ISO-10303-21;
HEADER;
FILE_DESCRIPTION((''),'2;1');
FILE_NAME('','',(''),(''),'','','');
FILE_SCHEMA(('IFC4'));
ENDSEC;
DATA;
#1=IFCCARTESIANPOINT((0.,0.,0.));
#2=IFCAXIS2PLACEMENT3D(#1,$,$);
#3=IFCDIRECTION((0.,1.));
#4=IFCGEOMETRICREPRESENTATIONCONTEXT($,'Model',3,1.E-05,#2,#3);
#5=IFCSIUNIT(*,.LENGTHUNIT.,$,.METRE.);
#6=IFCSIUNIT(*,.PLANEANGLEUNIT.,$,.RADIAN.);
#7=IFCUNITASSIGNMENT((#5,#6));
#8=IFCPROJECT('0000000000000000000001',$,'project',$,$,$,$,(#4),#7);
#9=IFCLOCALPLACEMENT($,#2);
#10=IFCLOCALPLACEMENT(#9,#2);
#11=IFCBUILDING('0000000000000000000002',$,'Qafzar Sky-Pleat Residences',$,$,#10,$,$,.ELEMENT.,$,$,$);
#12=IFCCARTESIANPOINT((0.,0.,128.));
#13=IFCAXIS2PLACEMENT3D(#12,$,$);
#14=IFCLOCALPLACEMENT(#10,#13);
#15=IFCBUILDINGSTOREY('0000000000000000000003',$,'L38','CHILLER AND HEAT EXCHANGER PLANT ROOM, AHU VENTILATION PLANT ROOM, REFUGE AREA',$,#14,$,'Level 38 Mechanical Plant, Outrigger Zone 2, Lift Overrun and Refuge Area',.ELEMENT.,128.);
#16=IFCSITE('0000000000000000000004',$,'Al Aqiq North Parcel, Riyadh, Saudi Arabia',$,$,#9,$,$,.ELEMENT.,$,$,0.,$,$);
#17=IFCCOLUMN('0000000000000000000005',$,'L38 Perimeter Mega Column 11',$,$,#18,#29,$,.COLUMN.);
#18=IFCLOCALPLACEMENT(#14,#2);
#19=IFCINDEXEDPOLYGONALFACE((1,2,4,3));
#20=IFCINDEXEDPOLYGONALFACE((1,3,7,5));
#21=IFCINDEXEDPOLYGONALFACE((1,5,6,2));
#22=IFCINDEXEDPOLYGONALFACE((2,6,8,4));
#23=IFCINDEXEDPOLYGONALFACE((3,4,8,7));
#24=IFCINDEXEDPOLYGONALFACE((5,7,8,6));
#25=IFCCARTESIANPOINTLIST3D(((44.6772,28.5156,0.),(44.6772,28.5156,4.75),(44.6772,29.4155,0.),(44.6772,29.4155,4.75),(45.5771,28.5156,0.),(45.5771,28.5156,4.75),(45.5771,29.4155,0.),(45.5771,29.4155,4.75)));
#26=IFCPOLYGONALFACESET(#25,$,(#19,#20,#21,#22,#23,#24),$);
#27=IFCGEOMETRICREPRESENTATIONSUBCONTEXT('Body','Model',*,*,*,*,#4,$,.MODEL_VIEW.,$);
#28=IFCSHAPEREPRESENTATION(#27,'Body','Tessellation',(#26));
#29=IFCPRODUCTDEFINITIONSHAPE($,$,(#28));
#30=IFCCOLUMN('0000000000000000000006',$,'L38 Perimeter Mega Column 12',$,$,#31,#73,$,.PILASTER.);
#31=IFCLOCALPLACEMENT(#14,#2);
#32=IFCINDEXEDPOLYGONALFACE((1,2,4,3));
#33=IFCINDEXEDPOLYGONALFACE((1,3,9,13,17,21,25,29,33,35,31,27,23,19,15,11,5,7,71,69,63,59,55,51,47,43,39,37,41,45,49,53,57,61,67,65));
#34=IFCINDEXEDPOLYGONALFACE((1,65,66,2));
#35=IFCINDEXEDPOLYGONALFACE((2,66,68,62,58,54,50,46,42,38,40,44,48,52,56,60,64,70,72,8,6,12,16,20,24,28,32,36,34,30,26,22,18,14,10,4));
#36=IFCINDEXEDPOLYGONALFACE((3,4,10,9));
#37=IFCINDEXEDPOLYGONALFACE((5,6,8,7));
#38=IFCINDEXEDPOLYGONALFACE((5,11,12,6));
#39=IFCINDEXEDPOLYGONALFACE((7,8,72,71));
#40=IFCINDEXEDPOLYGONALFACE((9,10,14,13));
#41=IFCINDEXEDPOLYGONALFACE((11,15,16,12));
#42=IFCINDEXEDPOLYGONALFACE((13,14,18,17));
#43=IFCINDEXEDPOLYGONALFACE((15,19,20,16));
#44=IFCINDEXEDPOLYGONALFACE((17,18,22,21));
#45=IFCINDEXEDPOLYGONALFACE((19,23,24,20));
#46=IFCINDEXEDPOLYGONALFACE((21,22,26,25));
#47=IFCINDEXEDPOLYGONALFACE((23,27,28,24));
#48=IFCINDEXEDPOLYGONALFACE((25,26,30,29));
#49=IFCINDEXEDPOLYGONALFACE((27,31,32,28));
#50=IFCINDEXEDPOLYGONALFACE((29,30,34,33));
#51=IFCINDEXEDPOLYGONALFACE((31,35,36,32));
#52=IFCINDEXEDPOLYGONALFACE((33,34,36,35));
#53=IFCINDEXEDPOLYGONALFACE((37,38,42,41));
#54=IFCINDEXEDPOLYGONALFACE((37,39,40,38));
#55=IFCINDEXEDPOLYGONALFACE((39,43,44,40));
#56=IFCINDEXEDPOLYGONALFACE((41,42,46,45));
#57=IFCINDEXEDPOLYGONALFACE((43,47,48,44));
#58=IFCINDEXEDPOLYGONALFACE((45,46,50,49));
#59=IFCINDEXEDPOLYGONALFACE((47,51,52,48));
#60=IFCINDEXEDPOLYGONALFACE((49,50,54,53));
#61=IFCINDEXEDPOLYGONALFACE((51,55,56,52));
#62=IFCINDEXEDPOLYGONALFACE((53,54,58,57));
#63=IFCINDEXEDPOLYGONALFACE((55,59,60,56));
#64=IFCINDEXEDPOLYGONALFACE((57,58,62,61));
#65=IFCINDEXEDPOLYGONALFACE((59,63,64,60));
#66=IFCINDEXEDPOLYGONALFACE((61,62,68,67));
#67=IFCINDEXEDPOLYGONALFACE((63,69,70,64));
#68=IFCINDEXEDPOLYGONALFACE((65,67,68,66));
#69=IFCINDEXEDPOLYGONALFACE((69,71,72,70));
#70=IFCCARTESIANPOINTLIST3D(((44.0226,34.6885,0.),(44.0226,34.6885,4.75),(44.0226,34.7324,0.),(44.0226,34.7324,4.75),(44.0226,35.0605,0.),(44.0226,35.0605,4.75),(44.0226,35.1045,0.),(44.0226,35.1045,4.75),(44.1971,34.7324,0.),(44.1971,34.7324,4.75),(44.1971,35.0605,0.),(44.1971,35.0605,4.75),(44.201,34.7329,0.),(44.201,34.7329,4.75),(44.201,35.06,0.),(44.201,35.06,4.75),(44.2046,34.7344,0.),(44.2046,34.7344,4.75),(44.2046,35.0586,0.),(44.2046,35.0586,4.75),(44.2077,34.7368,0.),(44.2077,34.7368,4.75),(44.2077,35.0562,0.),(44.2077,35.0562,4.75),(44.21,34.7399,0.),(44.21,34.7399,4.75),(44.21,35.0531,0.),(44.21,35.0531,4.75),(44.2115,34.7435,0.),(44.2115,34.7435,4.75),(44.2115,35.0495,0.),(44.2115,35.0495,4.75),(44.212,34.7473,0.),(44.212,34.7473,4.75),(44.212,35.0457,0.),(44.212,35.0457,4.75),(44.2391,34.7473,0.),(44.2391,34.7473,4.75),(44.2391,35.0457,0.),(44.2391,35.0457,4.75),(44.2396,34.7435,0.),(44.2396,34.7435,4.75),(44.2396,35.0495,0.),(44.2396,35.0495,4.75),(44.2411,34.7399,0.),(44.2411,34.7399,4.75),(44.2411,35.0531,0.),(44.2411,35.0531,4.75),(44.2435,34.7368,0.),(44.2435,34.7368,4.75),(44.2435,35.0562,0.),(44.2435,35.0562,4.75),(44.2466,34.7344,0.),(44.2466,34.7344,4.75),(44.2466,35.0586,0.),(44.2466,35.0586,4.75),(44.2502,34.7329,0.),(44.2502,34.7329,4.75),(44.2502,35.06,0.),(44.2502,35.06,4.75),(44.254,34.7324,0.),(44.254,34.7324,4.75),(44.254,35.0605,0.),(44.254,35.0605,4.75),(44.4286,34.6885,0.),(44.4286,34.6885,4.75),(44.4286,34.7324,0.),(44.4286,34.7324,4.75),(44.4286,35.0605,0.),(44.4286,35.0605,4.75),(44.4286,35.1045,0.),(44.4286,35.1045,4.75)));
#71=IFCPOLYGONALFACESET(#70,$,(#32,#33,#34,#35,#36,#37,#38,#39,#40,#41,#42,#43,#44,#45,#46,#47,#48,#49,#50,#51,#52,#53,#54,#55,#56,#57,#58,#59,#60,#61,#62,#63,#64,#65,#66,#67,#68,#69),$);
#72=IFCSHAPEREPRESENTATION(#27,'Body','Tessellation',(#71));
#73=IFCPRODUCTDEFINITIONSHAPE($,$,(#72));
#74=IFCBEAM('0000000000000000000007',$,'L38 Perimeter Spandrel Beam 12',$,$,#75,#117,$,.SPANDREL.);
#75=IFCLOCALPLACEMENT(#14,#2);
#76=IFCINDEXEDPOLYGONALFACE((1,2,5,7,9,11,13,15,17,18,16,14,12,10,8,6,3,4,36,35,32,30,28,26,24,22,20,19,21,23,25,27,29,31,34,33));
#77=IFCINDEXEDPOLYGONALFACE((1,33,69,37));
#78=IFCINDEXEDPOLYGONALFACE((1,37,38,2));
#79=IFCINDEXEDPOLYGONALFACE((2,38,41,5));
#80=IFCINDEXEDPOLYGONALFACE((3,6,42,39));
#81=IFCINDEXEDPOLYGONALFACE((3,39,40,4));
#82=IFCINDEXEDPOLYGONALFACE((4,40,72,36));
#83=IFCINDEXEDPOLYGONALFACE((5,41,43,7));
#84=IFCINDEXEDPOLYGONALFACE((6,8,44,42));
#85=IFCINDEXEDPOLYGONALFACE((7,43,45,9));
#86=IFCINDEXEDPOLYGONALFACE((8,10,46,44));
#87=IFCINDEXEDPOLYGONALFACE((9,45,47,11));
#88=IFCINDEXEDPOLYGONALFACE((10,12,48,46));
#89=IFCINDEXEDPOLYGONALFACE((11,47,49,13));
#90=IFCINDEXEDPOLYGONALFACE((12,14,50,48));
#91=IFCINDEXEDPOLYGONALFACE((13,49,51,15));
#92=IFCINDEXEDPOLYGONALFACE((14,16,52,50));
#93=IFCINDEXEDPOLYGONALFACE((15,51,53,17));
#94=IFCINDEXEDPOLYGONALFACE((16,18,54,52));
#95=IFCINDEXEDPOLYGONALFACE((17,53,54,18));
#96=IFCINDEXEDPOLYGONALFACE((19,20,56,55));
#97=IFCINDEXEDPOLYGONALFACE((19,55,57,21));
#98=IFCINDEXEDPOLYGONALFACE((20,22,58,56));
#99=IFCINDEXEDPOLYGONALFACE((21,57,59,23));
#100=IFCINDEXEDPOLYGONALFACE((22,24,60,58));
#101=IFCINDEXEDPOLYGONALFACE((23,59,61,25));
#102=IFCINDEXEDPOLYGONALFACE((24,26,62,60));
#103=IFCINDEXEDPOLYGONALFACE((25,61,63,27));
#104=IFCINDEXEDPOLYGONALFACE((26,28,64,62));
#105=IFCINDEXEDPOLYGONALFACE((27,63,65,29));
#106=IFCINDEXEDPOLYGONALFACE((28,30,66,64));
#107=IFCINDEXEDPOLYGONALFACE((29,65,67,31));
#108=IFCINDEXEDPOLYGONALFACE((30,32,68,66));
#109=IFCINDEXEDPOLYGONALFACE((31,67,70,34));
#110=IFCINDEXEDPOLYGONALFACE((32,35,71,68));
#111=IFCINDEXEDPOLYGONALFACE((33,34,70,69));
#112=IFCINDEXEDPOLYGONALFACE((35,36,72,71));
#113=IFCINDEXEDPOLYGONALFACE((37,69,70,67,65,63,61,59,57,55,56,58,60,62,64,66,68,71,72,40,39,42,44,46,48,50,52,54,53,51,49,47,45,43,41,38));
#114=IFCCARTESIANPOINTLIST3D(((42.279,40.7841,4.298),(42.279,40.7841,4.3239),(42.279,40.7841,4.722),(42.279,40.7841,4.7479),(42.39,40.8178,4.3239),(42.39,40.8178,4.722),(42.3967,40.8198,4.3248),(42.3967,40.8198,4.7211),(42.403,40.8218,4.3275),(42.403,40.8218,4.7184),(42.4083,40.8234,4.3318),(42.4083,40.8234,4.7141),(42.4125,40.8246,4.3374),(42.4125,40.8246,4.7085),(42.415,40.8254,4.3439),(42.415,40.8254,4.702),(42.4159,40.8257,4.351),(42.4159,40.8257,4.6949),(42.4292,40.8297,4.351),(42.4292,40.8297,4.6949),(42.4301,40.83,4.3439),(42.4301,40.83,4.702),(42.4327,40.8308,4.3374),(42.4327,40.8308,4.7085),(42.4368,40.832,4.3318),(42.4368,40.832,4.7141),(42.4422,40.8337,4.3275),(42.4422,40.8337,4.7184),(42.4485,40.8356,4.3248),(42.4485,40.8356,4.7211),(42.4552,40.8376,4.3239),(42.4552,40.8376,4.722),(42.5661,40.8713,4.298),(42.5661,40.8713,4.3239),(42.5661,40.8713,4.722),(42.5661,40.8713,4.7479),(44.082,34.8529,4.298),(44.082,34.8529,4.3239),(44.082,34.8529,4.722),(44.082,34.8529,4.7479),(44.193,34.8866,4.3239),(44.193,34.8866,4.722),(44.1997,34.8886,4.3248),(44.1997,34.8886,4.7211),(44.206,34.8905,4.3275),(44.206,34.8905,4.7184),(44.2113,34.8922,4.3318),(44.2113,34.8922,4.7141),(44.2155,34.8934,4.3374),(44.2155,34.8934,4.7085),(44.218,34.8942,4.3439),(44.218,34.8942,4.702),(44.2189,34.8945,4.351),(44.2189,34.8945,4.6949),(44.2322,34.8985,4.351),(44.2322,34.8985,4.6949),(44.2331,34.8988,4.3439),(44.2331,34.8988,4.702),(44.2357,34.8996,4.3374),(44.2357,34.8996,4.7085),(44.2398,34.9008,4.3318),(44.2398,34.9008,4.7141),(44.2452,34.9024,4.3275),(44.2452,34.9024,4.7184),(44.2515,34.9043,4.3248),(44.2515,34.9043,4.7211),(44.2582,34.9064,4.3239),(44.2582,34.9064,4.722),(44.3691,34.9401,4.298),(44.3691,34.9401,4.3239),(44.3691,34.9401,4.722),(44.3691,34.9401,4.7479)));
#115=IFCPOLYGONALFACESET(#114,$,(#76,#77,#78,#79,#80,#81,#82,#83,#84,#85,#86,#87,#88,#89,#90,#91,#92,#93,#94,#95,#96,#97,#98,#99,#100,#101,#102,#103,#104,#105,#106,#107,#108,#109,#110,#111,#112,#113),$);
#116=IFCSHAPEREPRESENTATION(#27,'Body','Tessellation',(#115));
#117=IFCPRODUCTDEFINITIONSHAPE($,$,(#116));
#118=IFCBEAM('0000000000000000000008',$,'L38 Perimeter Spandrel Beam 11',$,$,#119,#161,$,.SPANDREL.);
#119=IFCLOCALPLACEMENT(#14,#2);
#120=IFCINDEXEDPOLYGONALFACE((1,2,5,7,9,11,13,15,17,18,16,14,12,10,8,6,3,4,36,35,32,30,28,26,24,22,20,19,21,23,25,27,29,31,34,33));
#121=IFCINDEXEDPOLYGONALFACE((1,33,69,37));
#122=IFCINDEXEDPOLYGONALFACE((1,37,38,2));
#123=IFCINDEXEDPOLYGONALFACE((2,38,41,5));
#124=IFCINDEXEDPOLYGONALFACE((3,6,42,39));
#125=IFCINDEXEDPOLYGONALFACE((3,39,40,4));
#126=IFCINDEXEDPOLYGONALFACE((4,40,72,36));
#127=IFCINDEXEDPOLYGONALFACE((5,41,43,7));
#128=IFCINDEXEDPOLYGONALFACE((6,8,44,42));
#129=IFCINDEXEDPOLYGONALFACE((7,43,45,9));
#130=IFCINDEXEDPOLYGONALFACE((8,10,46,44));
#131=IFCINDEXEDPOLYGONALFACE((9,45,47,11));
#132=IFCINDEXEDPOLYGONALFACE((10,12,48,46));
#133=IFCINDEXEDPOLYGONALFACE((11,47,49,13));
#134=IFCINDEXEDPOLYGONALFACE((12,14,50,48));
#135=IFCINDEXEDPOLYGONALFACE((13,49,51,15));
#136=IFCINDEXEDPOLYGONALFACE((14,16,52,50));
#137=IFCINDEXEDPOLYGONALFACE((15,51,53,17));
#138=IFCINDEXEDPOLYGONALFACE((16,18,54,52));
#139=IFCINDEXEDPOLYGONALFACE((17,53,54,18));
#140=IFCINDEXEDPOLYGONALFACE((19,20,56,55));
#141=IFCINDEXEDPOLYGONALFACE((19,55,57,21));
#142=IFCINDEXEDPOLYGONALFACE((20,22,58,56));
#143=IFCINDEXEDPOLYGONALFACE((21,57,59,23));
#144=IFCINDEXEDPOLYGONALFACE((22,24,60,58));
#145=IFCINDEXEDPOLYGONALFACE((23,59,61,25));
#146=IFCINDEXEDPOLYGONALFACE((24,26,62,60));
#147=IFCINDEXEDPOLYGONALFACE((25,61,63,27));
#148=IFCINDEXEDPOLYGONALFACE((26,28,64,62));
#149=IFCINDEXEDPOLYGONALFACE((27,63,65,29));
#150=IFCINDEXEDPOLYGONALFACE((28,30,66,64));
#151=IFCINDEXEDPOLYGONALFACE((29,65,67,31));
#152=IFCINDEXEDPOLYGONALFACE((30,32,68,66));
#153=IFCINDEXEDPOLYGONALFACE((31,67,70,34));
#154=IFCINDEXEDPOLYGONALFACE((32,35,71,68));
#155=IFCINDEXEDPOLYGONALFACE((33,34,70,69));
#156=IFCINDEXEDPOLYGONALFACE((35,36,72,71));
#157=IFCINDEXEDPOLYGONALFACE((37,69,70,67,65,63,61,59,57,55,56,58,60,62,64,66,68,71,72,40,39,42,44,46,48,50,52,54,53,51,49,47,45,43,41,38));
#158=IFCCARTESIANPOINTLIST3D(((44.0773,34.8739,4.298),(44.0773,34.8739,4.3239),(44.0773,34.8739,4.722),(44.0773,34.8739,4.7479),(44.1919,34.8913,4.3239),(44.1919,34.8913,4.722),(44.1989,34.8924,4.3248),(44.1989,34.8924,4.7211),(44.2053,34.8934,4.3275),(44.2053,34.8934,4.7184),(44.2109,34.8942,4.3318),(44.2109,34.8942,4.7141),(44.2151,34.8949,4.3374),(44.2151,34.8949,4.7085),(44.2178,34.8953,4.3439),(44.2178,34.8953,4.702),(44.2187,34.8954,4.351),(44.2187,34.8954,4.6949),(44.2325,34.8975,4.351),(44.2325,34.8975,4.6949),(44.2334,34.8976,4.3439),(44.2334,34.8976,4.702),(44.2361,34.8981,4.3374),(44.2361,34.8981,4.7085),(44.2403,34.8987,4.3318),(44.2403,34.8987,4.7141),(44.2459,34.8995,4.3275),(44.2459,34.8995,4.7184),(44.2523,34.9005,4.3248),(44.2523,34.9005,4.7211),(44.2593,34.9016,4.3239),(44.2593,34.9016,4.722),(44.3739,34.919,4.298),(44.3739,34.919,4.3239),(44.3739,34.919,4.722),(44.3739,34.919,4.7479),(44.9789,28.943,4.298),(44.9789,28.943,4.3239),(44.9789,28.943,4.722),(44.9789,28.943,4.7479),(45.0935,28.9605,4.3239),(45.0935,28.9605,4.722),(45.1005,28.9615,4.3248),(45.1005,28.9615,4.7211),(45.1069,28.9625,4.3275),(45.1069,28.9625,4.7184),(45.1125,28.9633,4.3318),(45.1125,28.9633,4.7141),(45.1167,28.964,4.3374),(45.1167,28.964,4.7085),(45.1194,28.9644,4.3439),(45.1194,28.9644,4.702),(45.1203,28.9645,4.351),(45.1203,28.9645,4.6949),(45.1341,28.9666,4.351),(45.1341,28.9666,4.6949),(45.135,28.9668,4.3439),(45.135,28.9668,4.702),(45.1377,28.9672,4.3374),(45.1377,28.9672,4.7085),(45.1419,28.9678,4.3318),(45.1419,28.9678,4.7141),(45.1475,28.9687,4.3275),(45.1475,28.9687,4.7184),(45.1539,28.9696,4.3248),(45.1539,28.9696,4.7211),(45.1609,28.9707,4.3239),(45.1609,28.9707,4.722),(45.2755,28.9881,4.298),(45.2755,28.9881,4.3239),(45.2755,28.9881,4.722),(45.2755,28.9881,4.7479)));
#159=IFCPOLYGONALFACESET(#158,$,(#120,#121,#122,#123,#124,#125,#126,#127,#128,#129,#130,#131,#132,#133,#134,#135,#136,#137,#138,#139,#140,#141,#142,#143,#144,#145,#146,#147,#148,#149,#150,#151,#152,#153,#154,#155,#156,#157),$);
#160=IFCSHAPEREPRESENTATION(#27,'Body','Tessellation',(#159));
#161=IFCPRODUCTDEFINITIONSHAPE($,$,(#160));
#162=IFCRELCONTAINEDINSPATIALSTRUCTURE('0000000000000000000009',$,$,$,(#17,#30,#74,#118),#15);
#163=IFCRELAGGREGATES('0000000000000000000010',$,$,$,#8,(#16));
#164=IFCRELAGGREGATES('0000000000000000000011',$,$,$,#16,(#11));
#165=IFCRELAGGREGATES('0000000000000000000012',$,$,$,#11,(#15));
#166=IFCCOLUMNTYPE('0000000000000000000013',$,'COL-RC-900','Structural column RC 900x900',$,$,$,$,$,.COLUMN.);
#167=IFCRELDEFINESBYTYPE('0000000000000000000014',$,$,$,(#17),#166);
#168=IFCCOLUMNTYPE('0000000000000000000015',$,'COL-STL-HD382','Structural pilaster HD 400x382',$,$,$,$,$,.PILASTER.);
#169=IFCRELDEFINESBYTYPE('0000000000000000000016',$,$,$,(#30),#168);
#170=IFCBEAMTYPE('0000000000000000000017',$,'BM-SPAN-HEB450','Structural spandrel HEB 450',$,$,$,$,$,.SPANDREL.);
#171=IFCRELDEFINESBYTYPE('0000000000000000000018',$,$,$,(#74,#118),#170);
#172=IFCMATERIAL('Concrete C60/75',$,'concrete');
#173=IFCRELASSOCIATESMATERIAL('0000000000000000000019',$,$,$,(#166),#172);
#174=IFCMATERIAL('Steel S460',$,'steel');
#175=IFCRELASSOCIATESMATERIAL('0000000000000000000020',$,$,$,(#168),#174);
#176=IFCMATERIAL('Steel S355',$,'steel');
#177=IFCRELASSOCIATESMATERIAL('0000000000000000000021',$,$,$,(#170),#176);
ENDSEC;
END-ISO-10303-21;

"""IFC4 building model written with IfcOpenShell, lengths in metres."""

from ifc_helpers import new_model, si_unit, direction, frame, origin, origin_2d, place, context, subcontext, project, spatial, rectangle, i_section, extrude, source, transform, mapped, material, material_profile, profile_set, type_object, element, save


model = new_model("IFC4")

# Units and contexts
model_context = context("Model", 3, precision=1e-05, world=origin(), true_north=direction((0.0, 1.0)))
body_context = subcontext(model_context, "Body", "Model", "MODEL_VIEW")
ifc_project = project(units=[si_unit("LENGTHUNIT", "METRE"), si_unit("PLANEANGLEUNIT", "RADIAN")], contexts=[model_context])

# Site, building, storey
site_placement = place(None, origin())
site = spatial("IfcSite", under=ifc_project, at=site_placement, Name="Al Aqiq North Parcel, Riyadh, Saudi Arabia", CompositionType="ELEMENT", RefElevation=0.0)
building_placement = place(site_placement, origin())
building = spatial("IfcBuilding", under=site, at=building_placement, Name="Qafzar Sky-Pleat Residences", CompositionType="ELEMENT")
storey_placement = place(building_placement, frame((0.0, 0.0, 128.0)))
storey = spatial("IfcBuildingStorey", under=building, at=storey_placement, Name="L38", Description="CHILLER AND HEAT EXCHANGER PLANT ROOM, AHU VENTILATION PLANT ROOM, REFUGE AREA", LongName="Level 38 Mechanical Plant, Outrigger Zone 2, Lift Overrun and Refuge Area", CompositionType="ELEMENT", Elevation=128.0)

# Columns
ifc_material_1 = material(Name="Concrete C60/75", Category="concrete")
ifc_material_profile_1 = material_profile(ifc_material_1, rectangle(XDim=0.8999, YDim=0.8999, at=origin_2d()), Name="RC 900x900")
ifc_profile_set_1 = profile_set([ifc_material_profile_1], Name="Concrete C60/75")
column_type_1 = type_object("IfcColumnType", Name="COL-RC-900", Description="Structural column RC 900x900", PredefinedType="COLUMN", material=ifc_profile_set_1)
shared_shape_1 = source(origin(), body_context, "Body", "SweptSolid", [
    extrude(rectangle(XDim=0.8999, YDim=0.8999, at=origin_2d()), origin(), (0.0, 0.0, 1.0), 4.75),
])
column_1_placement = place(storey_placement, frame((45.1272, 28.9656, 0.0), z_axis=(0.0, 0.0, 1.0), x_axis=(1.0, 0.0, 0.0)))
element("IfcColumn", 1, at=column_1_placement, inside=storey, type_object=column_type_1, Name="L38 Perimeter Mega Column 11", PredefinedType="COLUMN", context=body_context, shape_type="MappedRepresentation", body=[
    mapped(shared_shape_1, transform((0.0, 0.0, 0.0), x_axis=(1.0, 0.0, 0.0), y_axis=(0.0, 1.0, 0.0), z_axis=(0.0, 0.0, 1.0), scale=1.0)),
])
ifc_material_2 = material(Name="Steel S460", Category="steel")
ifc_material_profile_2 = material_profile(ifc_material_2, i_section(OverallWidth=0.406, OverallDepth=0.416, WebThickness=0.0271, FlangeThickness=0.0439, FilletRadius=0.0149, at=origin_2d()), Name="HD 400x382")
ifc_profile_set_2 = profile_set([ifc_material_profile_2], Name="Steel S460")
column_type_2 = type_object("IfcColumnType", Name="COL-STL-HD382", Description="Structural pilaster HD 400x382", PredefinedType="PILASTER", material=ifc_profile_set_2)
shared_shape_2 = source(origin(), body_context, "Body", "SweptSolid", [
    extrude(i_section(OverallWidth=0.406, OverallDepth=0.416, WebThickness=0.0271, FlangeThickness=0.0439, FilletRadius=0.0149, at=origin_2d()), origin(), (0.0, 0.0, 1.0), 4.75),
])
column_2_placement = place(storey_placement, frame((44.2256, 34.8965, 0.0), z_axis=(0.0, 0.0, 1.0), x_axis=(1.0, 0.0, 0.0)))
element("IfcColumn", 2, at=column_2_placement, inside=storey, type_object=column_type_2, Name="L38 Perimeter Mega Column 12", PredefinedType="PILASTER", context=body_context, shape_type="MappedRepresentation", body=[
    mapped(shared_shape_2, transform((0.0, 0.0, 0.0), x_axis=(1.0, 0.0, 0.0), y_axis=(0.0, 1.0, 0.0), z_axis=(0.0, 0.0, 1.0), scale=1.0)),
])

# Beams
ifc_material_3 = material(Name="Steel S355", Category="steel")
ifc_material_profile_3 = material_profile(ifc_material_3, i_section(OverallWidth=0.3, OverallDepth=0.45, WebThickness=0.0139, FlangeThickness=0.0259, FilletRadius=0.0271, at=origin_2d()), Name="HEB 450")
ifc_profile_set_3 = profile_set([ifc_material_profile_3], Name="Steel S355")
beam_type_1 = type_object("IfcBeamType", Name="BM-SPAN-HEB450", Description="Structural spandrel HEB 450", PredefinedType="SPANDREL", material=ifc_profile_set_3)
shared_shape_3 = source(origin(), body_context, "Body", "SweptSolid", [
    extrude(i_section(OverallWidth=0.3, OverallDepth=0.45, WebThickness=0.0139, FlangeThickness=0.0259, FilletRadius=0.0271, at=origin_2d()), origin(), (0.0, 0.0, 1.0), 6.1992),
])
beam_1_placement = place(storey_placement, frame((44.2256, 34.8965, 4.5229), z_axis=(-0.290843, 0.956771, 0.0), x_axis=(-0.956771, -0.290843, 0.0)))
element("IfcBeam", 3, at=beam_1_placement, inside=storey, type_object=beam_type_1, Name="L38 Perimeter Spandrel Beam 12", PredefinedType="SPANDREL", context=body_context, shape_type="MappedRepresentation", body=[
    mapped(shared_shape_3, transform((0.0, 0.0, 0.0), x_axis=(1.0, 0.0, 0.0), y_axis=(0.0, 1.0, 0.0), z_axis=(0.0, 0.0, 1.0), scale=1.0)),
])
shared_shape_4 = source(origin(), body_context, "Body", "SweptSolid", [
    extrude(i_section(OverallWidth=0.3, OverallDepth=0.45, WebThickness=0.0139, FlangeThickness=0.0259, FilletRadius=0.0271, at=origin_2d()), origin(), (0.0, 0.0, 1.0), 5.999),
])
beam_2_placement = place(storey_placement, frame((45.1272, 28.9656, 4.5229), z_axis=(-0.150292, 0.988642, 0.0), x_axis=(-0.988642, -0.150292, 0.0)))
element("IfcBeam", 4, at=beam_2_placement, inside=storey, type_object=beam_type_1, Name="L38 Perimeter Spandrel Beam 11", PredefinedType="SPANDREL", context=body_context, shape_type="MappedRepresentation", body=[
    mapped(shared_shape_4, transform((0.0, 0.0, 0.0), x_axis=(1.0, 0.0, 0.0), y_axis=(0.0, 1.0, 0.0), z_axis=(0.0, 0.0, 1.0), scale=1.0)),
])

save(model, "model.ifc")
